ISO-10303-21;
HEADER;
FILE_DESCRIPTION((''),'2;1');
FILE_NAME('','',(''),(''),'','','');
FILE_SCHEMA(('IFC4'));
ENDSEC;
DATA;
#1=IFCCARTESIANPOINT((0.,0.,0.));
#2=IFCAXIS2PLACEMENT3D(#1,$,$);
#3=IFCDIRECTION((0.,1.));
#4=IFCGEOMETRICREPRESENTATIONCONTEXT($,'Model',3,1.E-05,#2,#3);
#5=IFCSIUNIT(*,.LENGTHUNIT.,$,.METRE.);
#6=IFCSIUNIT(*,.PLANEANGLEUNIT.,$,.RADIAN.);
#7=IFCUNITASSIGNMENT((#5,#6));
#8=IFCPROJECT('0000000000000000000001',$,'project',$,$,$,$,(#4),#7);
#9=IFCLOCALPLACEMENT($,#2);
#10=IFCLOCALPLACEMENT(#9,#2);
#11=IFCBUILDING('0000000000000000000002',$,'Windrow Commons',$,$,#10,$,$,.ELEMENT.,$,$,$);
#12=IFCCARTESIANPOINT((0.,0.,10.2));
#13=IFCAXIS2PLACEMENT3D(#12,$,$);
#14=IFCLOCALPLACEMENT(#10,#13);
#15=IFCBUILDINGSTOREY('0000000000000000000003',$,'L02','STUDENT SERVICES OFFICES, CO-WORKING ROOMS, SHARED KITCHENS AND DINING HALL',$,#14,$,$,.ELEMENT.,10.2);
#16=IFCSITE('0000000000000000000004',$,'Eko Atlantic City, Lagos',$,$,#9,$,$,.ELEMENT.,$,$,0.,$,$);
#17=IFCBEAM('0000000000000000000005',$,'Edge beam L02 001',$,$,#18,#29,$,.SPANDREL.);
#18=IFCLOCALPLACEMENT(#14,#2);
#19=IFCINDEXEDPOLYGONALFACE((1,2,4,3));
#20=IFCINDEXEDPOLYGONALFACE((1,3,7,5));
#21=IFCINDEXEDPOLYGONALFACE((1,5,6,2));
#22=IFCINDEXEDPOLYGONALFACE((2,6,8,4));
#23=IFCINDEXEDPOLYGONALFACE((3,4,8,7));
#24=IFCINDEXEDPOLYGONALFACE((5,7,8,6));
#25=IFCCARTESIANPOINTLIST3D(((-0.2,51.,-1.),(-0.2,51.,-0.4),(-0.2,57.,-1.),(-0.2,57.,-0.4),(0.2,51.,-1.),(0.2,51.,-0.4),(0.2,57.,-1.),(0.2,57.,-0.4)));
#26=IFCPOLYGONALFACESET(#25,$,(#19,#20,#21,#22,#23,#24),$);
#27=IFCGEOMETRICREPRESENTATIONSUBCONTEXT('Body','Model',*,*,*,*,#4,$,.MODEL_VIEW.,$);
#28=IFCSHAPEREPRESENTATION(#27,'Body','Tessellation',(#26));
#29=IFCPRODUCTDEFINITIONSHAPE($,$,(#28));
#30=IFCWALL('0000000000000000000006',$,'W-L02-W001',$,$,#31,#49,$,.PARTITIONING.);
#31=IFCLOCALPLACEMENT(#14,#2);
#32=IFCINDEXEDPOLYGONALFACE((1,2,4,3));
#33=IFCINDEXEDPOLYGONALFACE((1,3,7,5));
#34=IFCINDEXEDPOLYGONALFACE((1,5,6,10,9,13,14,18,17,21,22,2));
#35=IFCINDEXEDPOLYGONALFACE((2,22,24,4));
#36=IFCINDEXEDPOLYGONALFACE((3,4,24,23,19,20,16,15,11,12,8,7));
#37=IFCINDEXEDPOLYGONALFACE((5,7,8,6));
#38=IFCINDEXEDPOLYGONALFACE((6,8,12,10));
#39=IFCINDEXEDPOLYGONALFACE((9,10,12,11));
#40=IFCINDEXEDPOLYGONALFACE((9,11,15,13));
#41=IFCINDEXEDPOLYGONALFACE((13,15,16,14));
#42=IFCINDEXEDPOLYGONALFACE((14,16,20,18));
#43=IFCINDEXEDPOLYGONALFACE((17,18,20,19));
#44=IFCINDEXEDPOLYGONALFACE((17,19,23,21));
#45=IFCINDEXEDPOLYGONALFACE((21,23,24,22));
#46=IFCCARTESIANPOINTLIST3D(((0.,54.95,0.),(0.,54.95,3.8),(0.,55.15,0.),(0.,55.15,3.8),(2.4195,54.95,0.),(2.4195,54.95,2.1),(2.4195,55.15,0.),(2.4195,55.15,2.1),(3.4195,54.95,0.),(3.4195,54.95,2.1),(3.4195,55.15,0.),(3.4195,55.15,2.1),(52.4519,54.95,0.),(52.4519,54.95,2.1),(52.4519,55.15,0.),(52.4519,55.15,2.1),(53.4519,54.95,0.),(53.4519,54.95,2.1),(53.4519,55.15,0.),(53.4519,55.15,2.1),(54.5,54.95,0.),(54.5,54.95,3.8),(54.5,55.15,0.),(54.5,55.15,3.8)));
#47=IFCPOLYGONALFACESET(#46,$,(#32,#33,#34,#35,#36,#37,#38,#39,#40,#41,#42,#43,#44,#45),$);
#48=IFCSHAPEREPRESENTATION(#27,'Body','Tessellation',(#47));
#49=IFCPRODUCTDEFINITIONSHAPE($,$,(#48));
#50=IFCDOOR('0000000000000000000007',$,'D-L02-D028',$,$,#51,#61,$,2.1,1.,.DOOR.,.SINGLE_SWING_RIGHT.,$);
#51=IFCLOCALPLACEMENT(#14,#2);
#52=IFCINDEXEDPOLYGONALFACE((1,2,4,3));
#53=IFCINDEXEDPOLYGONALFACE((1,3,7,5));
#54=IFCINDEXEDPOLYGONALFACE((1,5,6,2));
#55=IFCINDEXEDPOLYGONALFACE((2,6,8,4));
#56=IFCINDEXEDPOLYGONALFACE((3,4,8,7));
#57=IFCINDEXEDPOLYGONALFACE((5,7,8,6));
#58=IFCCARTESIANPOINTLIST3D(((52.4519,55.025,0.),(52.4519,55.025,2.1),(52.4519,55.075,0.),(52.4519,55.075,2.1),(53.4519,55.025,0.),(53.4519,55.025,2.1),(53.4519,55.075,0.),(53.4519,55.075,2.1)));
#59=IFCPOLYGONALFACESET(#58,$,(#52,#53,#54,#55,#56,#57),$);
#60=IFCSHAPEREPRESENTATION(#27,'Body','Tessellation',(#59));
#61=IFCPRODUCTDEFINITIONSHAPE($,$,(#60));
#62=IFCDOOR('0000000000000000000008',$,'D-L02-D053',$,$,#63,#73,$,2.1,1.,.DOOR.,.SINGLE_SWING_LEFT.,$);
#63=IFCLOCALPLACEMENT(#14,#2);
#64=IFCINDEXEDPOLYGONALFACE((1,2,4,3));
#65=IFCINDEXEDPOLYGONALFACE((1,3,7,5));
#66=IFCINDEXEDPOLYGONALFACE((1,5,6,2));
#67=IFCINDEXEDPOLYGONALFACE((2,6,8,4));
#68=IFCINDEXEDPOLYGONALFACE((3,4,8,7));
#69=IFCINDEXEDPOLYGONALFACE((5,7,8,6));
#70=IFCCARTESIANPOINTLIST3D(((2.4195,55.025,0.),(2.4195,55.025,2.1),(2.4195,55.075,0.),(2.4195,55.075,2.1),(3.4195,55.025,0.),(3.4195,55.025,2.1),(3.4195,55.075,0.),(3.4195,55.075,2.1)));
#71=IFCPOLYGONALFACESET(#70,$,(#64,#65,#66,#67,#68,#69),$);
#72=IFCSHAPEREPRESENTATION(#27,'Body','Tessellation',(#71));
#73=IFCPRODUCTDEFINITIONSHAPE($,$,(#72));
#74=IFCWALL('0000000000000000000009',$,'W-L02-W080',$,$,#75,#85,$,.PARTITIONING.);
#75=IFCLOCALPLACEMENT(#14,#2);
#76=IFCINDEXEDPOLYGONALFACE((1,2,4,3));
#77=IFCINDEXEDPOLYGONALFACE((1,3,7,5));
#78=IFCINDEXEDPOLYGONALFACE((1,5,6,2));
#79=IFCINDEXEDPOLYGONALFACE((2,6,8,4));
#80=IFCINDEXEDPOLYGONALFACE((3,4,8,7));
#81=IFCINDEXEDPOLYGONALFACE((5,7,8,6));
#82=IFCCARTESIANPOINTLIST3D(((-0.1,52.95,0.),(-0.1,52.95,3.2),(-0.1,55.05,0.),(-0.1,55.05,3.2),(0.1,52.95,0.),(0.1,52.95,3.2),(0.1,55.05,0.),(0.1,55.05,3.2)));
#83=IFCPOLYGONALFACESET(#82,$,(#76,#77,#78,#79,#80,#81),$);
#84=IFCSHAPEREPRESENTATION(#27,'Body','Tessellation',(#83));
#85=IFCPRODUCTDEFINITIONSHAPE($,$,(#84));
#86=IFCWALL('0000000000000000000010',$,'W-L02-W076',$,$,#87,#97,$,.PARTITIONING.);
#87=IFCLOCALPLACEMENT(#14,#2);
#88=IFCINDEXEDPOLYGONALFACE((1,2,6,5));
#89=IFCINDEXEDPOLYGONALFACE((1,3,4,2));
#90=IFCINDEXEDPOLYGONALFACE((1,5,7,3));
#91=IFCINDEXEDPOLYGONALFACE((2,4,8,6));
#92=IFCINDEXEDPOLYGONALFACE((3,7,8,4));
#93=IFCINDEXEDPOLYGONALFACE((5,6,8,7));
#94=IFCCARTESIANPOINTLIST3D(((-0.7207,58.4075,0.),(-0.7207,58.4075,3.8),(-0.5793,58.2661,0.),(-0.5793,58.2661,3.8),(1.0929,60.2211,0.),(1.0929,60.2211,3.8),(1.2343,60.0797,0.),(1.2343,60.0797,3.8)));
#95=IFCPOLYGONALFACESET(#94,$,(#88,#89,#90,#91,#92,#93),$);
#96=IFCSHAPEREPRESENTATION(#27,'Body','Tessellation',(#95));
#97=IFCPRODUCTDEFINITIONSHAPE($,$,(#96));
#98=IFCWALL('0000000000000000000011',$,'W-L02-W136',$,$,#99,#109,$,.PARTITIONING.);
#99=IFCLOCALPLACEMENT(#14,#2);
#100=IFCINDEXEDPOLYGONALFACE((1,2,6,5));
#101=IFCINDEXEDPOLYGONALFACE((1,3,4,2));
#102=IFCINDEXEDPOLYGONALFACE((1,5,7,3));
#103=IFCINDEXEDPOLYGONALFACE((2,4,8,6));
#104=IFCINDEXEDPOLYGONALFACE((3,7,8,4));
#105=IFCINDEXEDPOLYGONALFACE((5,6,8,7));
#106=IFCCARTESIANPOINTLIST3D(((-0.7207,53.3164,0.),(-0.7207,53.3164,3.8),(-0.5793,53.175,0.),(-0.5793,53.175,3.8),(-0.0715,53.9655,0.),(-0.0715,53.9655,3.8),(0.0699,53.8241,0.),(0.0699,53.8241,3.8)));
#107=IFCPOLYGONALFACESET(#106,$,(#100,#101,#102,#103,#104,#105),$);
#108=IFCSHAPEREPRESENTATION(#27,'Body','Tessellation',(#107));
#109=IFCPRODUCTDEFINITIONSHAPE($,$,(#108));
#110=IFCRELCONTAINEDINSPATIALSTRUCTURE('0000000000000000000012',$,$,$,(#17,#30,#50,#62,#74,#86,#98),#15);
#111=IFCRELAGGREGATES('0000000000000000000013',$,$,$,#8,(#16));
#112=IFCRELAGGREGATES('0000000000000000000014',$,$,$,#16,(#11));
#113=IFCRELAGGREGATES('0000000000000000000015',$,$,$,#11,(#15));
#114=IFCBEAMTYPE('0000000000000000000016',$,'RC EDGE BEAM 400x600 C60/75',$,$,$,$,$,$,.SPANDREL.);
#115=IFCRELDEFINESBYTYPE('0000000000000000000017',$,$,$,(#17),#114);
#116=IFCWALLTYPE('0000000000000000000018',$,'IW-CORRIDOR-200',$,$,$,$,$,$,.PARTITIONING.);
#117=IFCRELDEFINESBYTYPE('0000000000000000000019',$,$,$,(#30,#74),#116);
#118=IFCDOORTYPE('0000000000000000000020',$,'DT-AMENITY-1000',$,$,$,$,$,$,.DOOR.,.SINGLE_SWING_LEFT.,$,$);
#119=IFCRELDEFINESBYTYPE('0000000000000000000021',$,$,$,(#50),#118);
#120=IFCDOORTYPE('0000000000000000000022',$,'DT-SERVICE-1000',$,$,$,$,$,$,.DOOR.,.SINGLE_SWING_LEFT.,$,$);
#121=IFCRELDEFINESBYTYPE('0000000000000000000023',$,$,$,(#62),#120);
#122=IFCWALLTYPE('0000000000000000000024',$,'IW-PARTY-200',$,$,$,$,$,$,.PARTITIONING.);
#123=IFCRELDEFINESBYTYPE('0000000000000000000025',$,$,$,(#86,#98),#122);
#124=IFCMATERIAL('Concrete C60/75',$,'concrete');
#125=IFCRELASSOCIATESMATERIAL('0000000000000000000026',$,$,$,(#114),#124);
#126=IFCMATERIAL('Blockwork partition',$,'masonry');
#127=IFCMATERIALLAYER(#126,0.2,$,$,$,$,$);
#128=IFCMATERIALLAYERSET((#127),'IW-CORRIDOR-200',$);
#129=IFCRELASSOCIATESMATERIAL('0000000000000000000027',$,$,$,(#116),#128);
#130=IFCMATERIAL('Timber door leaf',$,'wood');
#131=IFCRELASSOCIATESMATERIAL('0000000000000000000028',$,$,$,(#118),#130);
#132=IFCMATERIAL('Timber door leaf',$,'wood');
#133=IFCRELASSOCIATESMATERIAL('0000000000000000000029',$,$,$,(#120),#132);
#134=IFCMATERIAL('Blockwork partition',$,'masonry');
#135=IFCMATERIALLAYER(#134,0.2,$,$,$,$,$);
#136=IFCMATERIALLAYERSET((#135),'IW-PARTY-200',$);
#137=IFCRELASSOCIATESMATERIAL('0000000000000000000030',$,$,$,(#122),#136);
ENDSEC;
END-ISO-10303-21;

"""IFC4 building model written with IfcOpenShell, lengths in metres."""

from ifc_helpers import new_model, si_unit, direction, frame, frame_2d, origin, origin_2d, place, context, subcontext, project, spatial, rectangle, extrude, material, layer, layer_set, material_profile, profile_set, type_object, element, fill, save


model = new_model("IFC4")

# Units and contexts
model_context = context("Model", 3, precision=1e-05, world=origin(), true_north=direction((0.0, 1.0)))
body_context = subcontext(model_context, "Body", "Model", "MODEL_VIEW")
ifc_project = project(units=[si_unit("LENGTHUNIT", "METRE"), si_unit("PLANEANGLEUNIT", "RADIAN")], contexts=[model_context])

# Site, building, storey
site_placement = place(None, origin())
site = spatial("IfcSite", under=ifc_project, at=site_placement, Name="Eko Atlantic City, Lagos", CompositionType="ELEMENT", RefElevation=0.0)
building_placement = place(site_placement, origin())
building = spatial("IfcBuilding", under=site, at=building_placement, Name="Windrow Commons", CompositionType="ELEMENT")
storey_placement = place(building_placement, frame((0.0, 0.0, 10.2)))
storey = spatial("IfcBuildingStorey", under=building, at=storey_placement, Name="L02", Description="STUDENT SERVICES OFFICES, CO-WORKING ROOMS, SHARED KITCHENS AND DINING HALL", CompositionType="ELEMENT", Elevation=10.2)

# Beam
ifc_material_1 = material(Name="Concrete C60/75", Category="concrete")
ifc_material_profile = material_profile(ifc_material_1, rectangle(XDim=0.4, YDim=0.6, at=origin_2d()))
ifc_profile_set = profile_set([ifc_material_profile], Name="Concrete C60/75")
beam_type = type_object("IfcBeamType", Name="RC EDGE BEAM 400x600 C60/75", PredefinedType="SPANDREL", material=ifc_profile_set)
beam_placement = place(storey_placement, frame((0.0, 51.0, -0.7), z_axis=(0.0, 1.0, 0.0), x_axis=(-1.0, 0.0, 0.0)))
element("IfcBeam", 1, at=beam_placement, inside=storey, type_object=beam_type, Name="Edge beam L02 001", PredefinedType="SPANDREL", context=body_context, shape_type="SweptSolid", body=[
    extrude(rectangle(XDim=0.4, YDim=0.6, at=origin_2d()), origin(), (0.0, 0.0, 1.0), 6.0),
])

# Wall, openings, doors
ifc_material_2 = material(Name="Blockwork partition", Category="masonry")
ifc_layer_1 = layer(ifc_material_2, 0.2)
ifc_layer_set_1 = layer_set([ifc_layer_1], Name="IW-CORRIDOR-200")
wall_type_1 = type_object("IfcWallType", Name="IW-CORRIDOR-200", PredefinedType="PARTITIONING", material=ifc_layer_set_1)
wall_1_placement = place(storey_placement, frame((0.0, 55.05, 0.0), z_axis=(0.0, 0.0, 1.0), x_axis=(1.0, 0.0, 0.0)))
wall_1 = element("IfcWall", 2, at=wall_1_placement, inside=storey, type_object=wall_type_1, Name="W-L02-W001", PredefinedType="PARTITIONING", context=body_context, shape_type="SweptSolid", body=[
    extrude(rectangle(XDim=54.5, YDim=0.2, at=frame_2d((27.25, 0.0))), origin(), (0.0, 0.0, 1.0), 3.8),
])
opening_1_placement = place(wall_1_placement, frame((52.4519, 0.0, 0.0)))
opening_1 = element("IfcOpeningElement", 3, at=opening_1_placement, cuts=wall_1, PredefinedType="OPENING", context=body_context, shape_type="SweptSolid", body=[
    extrude(rectangle(XDim=1.0, YDim=2.1, at=frame_2d((0.5, 1.05))), frame((0.0, 0.11, 0.0), z_axis=(0.0, -1.0, 0.0), x_axis=(1.0, 0.0, 0.0)), (0.0, 0.0, 1.0), 0.22),
])
opening_2_placement = place(wall_1_placement, frame((2.4195, 0.0, 0.0)))
opening_2 = element("IfcOpeningElement", 4, at=opening_2_placement, cuts=wall_1, PredefinedType="OPENING", context=body_context, shape_type="SweptSolid", body=[
    extrude(rectangle(XDim=1.0, YDim=2.1, at=frame_2d((0.5, 1.05))), frame((0.0, 0.11, 0.0), z_axis=(0.0, -1.0, 0.0), x_axis=(1.0, 0.0, 0.0)), (0.0, 0.0, 1.0), 0.22),
])
ifc_material_3 = material(Name="Timber door leaf", Category="wood")
door_type_1 = type_object("IfcDoorType", Name="DT-AMENITY-1000", OperationType="SINGLE_SWING_LEFT", PredefinedType="DOOR", material=ifc_material_3)
door_1_placement = place(opening_1_placement, origin())
door_1 = element("IfcDoor", 5, at=door_1_placement, inside=storey, type_object=door_type_1, Name="D-L02-D028", OperationType="SINGLE_SWING_RIGHT", OverallHeight=2.1, OverallWidth=1.0, PredefinedType="DOOR", context=body_context, shape_type="SweptSolid", body=[
    extrude(rectangle(XDim=1.0, YDim=2.1, at=frame_2d((0.5, 1.05))), frame((0.0, 0.025, 0.0), z_axis=(0.0, -1.0, 0.0), x_axis=(1.0, 0.0, 0.0)), (0.0, 0.0, 1.0), 0.05),
])
fill(opening_1, door_1)
ifc_material_4 = material(Name="Timber door leaf", Category="wood")
door_type_2 = type_object("IfcDoorType", Name="DT-SERVICE-1000", OperationType="SINGLE_SWING_LEFT", PredefinedType="DOOR", material=ifc_material_4)
door_2_placement = place(opening_2_placement, origin())
door_2 = element("IfcDoor", 6, at=door_2_placement, inside=storey, type_object=door_type_2, Name="D-L02-D053", OperationType="SINGLE_SWING_LEFT", OverallHeight=2.1, OverallWidth=1.0, PredefinedType="DOOR", context=body_context, shape_type="SweptSolid", body=[
    extrude(rectangle(XDim=1.0, YDim=2.1, at=frame_2d((0.5, 1.05))), frame((0.0, 0.025, 0.0), z_axis=(0.0, -1.0, 0.0), x_axis=(1.0, 0.0, 0.0)), (0.0, 0.0, 1.0), 0.05),
])
fill(opening_2, door_2)

# Walls
wall_2_placement = place(storey_placement, frame((0.0, 52.95, 0.0), z_axis=(0.0, 0.0, 1.0), x_axis=(0.0, 1.0, 0.0)))
element("IfcWall", 7, at=wall_2_placement, inside=storey, type_object=wall_type_1, Name="W-L02-W080", PredefinedType="PARTITIONING", context=body_context, shape_type="SweptSolid", body=[
    extrude(rectangle(XDim=2.1, YDim=0.2, at=frame_2d((1.05, 0.0))), origin(), (0.0, 0.0, 1.0), 3.2),
])
ifc_material_5 = material(Name="Blockwork partition", Category="masonry")
ifc_layer_2 = layer(ifc_material_5, 0.2)
ifc_layer_set_2 = layer_set([ifc_layer_2], Name="IW-PARTY-200")
wall_type_2 = type_object("IfcWallType", Name="IW-PARTY-200", PredefinedType="PARTITIONING", material=ifc_layer_set_2)
wall_3_placement = place(storey_placement, frame((-0.65, 58.3368, 0.0), z_axis=(0.0, 0.0, 1.0), x_axis=(0.707107, 0.707107, 0.0)))
element("IfcWall", 8, at=wall_3_placement, inside=storey, type_object=wall_type_2, Name="W-L02-W076", PredefinedType="PARTITIONING", context=body_context, shape_type="SweptSolid", body=[
    extrude(rectangle(XDim=2.5648, YDim=0.2, at=frame_2d((1.2824, 0.0))), origin(), (0.0, 0.0, 1.0), 3.8),
])
wall_4_placement = place(storey_placement, frame((-0.65, 53.2457, 0.0), z_axis=(0.0, 0.0, 1.0), x_axis=(0.707161, 0.707052, 0.0)))
element("IfcWall", 9, at=wall_4_placement, inside=storey, type_object=wall_type_2, Name="W-L02-W136", PredefinedType="PARTITIONING", context=body_context, shape_type="SweptSolid", body=[
    extrude(rectangle(XDim=0.918, YDim=0.2, at=frame_2d((0.459, 0.0))), origin(), (0.0, 0.0, 1.0), 3.8),
])

save(model, "model.ifc")
